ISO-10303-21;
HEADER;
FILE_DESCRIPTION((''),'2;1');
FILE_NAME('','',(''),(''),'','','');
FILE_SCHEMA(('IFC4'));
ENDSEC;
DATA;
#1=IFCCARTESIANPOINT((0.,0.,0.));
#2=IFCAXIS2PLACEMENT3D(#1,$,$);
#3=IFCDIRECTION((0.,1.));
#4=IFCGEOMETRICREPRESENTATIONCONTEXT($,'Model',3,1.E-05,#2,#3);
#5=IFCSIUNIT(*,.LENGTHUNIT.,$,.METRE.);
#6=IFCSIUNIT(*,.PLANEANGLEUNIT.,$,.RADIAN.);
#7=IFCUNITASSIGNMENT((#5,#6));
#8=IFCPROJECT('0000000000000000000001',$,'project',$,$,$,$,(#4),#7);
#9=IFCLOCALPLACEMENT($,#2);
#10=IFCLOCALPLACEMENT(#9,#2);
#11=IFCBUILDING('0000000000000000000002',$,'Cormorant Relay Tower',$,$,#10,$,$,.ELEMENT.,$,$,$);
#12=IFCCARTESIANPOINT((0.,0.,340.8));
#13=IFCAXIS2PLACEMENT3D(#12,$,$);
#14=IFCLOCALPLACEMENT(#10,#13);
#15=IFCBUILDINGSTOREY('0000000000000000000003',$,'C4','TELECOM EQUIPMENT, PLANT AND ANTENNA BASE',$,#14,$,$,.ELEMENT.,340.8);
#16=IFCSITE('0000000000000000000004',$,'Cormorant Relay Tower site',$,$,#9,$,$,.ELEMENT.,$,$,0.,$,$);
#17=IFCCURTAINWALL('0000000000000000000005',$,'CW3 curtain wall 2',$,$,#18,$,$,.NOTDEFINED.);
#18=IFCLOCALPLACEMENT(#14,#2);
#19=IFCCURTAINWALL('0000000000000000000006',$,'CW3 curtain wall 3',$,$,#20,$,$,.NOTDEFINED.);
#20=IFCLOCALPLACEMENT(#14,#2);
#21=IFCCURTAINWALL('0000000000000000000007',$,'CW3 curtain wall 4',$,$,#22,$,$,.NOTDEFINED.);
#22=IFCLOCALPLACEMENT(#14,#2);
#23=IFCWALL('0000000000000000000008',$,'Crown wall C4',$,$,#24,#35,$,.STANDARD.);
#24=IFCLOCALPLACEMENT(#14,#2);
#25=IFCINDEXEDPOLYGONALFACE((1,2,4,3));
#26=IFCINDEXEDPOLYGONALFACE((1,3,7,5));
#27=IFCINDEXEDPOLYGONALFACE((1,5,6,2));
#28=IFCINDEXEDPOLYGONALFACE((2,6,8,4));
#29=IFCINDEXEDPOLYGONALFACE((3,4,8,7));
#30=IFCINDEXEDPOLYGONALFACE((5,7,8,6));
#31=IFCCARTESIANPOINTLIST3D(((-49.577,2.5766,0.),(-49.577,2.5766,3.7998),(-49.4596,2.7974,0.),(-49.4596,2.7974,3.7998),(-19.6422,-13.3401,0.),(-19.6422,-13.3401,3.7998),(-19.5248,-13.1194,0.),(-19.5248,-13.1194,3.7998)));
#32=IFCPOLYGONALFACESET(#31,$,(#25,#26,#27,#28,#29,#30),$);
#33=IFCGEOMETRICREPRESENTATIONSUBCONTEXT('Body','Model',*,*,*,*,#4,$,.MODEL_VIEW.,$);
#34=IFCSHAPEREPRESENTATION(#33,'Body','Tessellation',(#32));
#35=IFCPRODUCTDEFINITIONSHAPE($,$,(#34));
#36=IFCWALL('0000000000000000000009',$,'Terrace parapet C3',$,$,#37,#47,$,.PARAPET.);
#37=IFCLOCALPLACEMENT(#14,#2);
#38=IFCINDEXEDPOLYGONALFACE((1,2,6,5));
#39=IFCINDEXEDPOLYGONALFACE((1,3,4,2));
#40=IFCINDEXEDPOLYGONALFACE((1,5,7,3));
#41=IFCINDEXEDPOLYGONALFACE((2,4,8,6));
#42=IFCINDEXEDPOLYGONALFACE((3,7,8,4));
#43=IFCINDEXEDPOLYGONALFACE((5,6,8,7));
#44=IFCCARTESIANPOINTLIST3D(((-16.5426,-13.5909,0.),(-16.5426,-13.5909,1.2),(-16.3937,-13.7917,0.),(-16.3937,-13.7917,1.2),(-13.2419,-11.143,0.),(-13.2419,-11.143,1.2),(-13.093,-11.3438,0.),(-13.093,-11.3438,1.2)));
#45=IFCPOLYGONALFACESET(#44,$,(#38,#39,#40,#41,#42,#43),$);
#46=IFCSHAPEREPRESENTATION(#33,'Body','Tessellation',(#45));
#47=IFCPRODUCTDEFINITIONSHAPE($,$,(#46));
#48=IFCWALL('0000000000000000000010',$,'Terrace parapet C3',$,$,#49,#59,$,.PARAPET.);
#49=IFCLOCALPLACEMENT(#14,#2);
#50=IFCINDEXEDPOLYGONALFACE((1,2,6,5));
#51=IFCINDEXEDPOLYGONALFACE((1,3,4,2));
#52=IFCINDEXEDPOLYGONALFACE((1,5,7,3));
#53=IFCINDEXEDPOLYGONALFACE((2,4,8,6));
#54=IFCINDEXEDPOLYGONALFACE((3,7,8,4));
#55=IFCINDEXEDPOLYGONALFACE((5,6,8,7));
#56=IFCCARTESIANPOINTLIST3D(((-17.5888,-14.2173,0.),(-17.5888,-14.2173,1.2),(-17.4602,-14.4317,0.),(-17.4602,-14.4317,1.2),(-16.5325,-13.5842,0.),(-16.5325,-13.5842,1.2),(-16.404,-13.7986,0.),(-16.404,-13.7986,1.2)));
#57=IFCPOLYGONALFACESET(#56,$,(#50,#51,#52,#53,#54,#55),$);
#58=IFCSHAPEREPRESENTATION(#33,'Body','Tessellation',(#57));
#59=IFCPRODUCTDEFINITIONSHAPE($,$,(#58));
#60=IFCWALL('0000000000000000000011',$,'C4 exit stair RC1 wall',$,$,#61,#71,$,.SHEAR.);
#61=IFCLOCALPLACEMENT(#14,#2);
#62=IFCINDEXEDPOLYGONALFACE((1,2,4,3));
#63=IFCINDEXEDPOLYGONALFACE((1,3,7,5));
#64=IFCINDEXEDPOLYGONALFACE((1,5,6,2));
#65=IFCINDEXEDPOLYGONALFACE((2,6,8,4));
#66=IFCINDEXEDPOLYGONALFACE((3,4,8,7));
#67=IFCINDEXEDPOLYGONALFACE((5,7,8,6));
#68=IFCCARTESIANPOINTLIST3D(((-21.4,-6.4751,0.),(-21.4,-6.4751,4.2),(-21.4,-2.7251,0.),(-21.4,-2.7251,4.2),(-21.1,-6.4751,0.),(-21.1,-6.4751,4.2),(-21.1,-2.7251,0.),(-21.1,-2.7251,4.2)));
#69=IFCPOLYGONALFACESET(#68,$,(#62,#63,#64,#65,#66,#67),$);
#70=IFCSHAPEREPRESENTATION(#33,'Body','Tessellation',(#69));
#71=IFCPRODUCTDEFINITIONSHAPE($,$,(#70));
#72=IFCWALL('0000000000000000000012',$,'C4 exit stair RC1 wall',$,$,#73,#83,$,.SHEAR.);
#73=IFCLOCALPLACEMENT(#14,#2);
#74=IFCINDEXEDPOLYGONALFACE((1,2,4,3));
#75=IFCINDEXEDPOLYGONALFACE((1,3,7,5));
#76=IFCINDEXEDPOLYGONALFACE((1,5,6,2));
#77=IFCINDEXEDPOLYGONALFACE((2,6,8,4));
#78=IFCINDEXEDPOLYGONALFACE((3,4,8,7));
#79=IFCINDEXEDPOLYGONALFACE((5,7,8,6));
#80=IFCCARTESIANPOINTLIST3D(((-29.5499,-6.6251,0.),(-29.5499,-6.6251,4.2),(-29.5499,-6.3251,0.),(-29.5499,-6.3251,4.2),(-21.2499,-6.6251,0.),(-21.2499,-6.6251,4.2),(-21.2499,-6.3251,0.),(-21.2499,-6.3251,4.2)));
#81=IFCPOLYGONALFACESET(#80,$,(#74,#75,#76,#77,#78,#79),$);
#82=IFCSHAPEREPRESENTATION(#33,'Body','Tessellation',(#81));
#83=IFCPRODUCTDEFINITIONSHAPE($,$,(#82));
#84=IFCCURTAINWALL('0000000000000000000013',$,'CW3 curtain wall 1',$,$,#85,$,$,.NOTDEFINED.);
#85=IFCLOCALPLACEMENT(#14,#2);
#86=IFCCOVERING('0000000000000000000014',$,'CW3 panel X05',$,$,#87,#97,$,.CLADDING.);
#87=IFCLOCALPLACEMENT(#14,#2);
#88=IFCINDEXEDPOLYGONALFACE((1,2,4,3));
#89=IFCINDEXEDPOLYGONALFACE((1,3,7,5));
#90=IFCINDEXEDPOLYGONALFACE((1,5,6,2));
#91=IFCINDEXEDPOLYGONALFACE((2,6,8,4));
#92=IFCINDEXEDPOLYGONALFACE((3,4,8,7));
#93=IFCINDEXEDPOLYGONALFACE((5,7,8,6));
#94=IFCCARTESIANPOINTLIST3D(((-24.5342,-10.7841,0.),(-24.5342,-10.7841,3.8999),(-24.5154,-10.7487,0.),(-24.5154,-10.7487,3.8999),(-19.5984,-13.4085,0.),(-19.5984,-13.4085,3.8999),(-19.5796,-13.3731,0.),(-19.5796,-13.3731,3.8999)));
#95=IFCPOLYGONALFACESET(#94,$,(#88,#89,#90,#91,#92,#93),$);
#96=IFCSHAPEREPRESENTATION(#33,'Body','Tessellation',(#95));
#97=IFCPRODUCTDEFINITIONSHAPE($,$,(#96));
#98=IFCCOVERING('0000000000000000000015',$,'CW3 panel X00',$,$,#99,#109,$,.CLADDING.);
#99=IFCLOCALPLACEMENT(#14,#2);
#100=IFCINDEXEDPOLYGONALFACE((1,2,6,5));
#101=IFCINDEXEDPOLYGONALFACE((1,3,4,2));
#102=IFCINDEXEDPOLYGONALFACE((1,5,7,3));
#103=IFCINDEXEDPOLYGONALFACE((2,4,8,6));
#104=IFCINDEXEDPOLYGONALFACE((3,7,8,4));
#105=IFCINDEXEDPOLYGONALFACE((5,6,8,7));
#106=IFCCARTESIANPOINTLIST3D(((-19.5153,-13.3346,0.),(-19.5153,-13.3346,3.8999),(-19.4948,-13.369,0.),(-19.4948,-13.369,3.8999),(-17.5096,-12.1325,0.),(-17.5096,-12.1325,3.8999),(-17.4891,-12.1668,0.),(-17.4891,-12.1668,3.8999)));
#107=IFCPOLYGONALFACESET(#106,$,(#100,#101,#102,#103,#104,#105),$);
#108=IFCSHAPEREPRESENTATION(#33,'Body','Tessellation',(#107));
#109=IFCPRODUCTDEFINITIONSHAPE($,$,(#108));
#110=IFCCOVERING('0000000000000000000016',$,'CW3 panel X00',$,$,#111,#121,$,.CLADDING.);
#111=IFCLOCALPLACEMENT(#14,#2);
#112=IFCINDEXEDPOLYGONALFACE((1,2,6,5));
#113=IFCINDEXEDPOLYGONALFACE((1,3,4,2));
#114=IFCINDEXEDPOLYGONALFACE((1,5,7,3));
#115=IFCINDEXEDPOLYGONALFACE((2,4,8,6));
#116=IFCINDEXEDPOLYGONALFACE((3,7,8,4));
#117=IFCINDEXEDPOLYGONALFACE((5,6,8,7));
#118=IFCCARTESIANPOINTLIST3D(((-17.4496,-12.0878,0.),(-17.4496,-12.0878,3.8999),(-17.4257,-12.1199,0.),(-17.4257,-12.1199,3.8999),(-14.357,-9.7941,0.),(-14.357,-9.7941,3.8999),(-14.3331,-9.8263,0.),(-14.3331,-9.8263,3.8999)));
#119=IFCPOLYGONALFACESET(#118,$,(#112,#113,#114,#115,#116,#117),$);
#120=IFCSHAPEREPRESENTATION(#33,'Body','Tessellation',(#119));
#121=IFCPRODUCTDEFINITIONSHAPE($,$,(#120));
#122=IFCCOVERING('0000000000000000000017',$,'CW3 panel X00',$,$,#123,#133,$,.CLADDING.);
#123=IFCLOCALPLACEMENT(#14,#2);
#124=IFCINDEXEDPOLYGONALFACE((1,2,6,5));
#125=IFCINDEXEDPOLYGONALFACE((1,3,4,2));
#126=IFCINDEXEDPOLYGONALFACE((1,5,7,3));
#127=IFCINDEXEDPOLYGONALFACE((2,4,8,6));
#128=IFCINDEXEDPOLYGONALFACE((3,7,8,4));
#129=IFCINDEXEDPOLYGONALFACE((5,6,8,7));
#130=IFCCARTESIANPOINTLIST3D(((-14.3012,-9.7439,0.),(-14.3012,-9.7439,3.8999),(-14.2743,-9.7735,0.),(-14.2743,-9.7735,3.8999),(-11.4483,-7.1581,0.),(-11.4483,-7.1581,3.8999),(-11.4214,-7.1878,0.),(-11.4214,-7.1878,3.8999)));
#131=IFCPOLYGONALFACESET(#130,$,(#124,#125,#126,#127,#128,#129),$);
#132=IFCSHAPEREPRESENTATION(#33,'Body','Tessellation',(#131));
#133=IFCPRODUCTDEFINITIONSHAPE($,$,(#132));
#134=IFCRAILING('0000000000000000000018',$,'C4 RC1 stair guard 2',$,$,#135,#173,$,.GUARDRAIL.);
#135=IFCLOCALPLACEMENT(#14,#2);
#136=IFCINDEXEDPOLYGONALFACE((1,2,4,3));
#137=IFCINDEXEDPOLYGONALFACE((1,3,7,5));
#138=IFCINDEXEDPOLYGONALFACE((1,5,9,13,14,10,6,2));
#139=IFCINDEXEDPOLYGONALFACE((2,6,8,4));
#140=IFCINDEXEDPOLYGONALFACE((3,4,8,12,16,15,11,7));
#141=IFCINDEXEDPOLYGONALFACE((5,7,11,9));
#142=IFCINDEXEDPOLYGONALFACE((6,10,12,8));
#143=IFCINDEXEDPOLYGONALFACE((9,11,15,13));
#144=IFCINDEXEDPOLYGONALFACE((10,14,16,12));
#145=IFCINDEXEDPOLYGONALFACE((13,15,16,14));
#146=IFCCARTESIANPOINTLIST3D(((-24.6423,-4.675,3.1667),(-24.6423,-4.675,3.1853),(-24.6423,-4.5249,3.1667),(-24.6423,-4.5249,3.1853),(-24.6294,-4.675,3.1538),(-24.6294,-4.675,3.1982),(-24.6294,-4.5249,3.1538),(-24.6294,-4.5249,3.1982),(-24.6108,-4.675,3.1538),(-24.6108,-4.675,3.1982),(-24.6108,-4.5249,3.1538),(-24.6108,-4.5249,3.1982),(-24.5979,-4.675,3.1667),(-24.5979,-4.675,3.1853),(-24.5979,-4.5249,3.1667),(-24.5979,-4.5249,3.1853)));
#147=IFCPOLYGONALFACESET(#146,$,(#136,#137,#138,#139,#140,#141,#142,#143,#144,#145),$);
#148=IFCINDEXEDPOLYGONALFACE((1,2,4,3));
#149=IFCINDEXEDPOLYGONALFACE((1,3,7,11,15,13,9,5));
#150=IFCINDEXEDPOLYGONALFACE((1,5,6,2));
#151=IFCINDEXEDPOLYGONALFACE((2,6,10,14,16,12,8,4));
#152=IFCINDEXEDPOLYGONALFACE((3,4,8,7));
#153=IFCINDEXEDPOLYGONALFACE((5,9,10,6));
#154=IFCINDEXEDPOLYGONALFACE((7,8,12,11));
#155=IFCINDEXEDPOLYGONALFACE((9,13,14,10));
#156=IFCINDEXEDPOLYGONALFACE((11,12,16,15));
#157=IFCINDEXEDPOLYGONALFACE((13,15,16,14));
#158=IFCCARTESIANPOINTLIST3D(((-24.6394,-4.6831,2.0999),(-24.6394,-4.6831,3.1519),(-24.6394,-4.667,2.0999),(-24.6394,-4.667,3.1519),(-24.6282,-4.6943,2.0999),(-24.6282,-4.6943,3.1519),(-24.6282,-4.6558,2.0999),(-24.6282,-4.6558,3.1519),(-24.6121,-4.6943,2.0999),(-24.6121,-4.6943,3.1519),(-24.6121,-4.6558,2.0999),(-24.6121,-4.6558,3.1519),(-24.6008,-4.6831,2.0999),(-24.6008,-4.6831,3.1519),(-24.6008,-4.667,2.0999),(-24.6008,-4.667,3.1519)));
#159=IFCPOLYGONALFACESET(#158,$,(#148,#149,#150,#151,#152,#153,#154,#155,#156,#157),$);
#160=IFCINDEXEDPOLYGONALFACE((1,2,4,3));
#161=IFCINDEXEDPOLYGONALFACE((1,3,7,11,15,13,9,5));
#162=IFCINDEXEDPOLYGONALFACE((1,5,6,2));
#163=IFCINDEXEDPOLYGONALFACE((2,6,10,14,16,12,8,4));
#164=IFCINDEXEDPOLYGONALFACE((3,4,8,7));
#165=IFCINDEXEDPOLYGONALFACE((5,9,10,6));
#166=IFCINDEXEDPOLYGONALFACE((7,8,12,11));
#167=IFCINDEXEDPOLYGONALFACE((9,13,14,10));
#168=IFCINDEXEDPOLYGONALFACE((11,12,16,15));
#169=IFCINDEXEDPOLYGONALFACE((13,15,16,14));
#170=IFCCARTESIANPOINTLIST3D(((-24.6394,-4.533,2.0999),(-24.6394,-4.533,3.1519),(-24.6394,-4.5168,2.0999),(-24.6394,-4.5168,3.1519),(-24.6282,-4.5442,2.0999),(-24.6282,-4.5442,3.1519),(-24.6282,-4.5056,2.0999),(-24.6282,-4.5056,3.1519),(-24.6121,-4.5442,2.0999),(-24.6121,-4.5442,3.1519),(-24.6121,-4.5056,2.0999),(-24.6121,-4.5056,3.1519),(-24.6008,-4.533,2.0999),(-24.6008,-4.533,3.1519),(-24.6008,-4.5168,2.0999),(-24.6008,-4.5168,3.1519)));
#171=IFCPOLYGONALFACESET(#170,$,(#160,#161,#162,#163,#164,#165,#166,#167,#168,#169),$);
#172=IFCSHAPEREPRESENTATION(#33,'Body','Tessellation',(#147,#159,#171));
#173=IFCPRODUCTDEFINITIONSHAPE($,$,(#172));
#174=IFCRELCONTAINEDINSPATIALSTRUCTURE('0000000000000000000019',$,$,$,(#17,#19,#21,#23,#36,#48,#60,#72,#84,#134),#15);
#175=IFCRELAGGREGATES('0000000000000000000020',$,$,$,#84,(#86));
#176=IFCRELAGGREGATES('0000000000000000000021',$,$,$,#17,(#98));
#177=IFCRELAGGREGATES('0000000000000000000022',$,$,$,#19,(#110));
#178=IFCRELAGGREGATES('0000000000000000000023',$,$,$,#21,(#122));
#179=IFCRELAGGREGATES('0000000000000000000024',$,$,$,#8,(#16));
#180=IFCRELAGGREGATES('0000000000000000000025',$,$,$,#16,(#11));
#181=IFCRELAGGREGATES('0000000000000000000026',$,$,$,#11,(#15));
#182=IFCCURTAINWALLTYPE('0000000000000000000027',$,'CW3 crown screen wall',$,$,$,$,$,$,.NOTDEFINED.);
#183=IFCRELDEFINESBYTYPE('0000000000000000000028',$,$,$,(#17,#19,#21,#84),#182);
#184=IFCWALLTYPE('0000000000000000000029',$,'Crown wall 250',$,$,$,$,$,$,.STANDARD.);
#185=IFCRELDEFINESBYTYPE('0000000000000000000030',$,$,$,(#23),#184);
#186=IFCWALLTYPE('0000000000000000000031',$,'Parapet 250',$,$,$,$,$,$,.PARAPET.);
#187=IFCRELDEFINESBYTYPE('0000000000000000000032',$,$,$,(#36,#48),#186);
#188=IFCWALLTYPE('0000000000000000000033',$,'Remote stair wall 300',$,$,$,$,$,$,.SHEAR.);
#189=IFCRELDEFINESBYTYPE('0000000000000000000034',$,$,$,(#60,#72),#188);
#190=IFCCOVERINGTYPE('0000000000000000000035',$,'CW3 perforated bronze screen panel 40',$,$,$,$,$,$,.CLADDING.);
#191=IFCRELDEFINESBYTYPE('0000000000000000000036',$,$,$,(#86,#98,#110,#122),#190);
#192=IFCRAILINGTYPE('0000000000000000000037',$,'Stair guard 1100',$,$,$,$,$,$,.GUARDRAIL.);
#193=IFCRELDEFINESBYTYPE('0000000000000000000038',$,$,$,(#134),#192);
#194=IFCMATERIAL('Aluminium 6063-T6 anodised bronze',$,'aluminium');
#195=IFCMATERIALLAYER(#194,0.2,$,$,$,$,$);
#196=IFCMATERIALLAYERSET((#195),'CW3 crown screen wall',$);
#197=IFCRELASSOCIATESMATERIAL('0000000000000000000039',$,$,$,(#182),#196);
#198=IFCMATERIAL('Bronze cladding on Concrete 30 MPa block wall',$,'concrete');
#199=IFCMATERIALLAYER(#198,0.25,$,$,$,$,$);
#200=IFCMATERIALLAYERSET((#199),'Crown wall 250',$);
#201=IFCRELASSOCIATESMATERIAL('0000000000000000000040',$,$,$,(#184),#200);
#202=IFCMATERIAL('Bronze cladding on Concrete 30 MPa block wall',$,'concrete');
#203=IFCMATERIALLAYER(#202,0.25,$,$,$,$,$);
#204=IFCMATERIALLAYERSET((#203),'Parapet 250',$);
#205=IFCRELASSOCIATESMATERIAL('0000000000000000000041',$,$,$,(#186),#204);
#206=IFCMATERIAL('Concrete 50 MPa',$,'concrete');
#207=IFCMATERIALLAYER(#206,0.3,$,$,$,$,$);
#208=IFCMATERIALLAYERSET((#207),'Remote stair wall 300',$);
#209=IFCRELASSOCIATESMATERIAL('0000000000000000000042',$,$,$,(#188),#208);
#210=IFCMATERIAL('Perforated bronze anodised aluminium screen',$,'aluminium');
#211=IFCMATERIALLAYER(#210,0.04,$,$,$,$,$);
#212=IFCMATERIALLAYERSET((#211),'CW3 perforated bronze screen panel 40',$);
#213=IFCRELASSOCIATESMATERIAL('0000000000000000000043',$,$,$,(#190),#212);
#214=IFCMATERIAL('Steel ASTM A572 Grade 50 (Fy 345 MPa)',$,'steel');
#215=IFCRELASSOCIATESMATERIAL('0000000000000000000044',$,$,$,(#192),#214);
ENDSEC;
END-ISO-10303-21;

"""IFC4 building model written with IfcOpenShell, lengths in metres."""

from ifc_helpers import new_model, si_unit, direction, frame, frame_2d, origin, origin_2d, place, context, subcontext, project, spatial, polyline, rectangle, outline, extrude, material, layer, layer_set, type_object, element, aggregate, save


model = new_model("IFC4")

# Units and contexts
model_context = context("Model", 3, precision=1e-05, world=origin(), true_north=direction((0.0, 1.0)))
body_context = subcontext(model_context, "Body", "Model", "MODEL_VIEW")
ifc_project = project(units=[si_unit("LENGTHUNIT", "METRE"), si_unit("PLANEANGLEUNIT", "RADIAN")], contexts=[model_context])

# Site, building, storey
site_placement = place(None, origin())
site = spatial("IfcSite", under=ifc_project, at=site_placement, Name="Cormorant Relay Tower site", CompositionType="ELEMENT", RefElevation=0.0)
building_placement = place(site_placement, origin())
building = spatial("IfcBuilding", under=site, at=building_placement, Name="Cormorant Relay Tower", CompositionType="ELEMENT")
storey_placement = place(building_placement, frame((0.0, 0.0, 340.8)))
storey = spatial("IfcBuildingStorey", under=building, at=storey_placement, Name="C4", Description="TELECOM EQUIPMENT, PLANT AND ANTENNA BASE", CompositionType="ELEMENT", Elevation=340.8)

# Curtain walls
ifc_material_1 = material(Name="Aluminium 6063-T6 anodised bronze", Category="aluminium")
ifc_layer_1 = layer(ifc_material_1, 0.2)
ifc_layer_set_1 = layer_set([ifc_layer_1], Name="CW3 crown screen wall")
curtain_wall_type = type_object("IfcCurtainWallType", Name="CW3 crown screen wall", PredefinedType="NOTDEFINED", material=ifc_layer_set_1)
curtain_wall_1_placement = place(storey_placement, origin())
curtain_wall_1 = element("IfcCurtainWall", 1, at=curtain_wall_1_placement, inside=storey, type_object=curtain_wall_type, Name="CW3 curtain wall 2", PredefinedType="NOTDEFINED")
curtain_wall_2_placement = place(storey_placement, origin())
curtain_wall_2 = element("IfcCurtainWall", 2, at=curtain_wall_2_placement, inside=storey, type_object=curtain_wall_type, Name="CW3 curtain wall 3", PredefinedType="NOTDEFINED")
curtain_wall_3_placement = place(storey_placement, origin())
curtain_wall_3 = element("IfcCurtainWall", 3, at=curtain_wall_3_placement, inside=storey, type_object=curtain_wall_type, Name="CW3 curtain wall 4", PredefinedType="NOTDEFINED")

# Walls
ifc_material_2 = material(Name="Bronze cladding on Concrete 30 MPa block wall", Category="concrete")
ifc_layer_2 = layer(ifc_material_2, 0.25)
ifc_layer_set_2 = layer_set([ifc_layer_2], Name="Crown wall 250")
wall_type_1 = type_object("IfcWallType", Name="Crown wall 250", PredefinedType="STANDARD", material=ifc_layer_set_2)
wall_1_placement = place(storey_placement, frame((-19.5835, -13.2297, 0.0), z_axis=(0.0, 0.0, 1.0), x_axis=(-0.882946, 0.469474, 0.0)))
element("IfcWall", 4, at=wall_1_placement, inside=storey, type_object=wall_type_1, Name="Crown wall C4", PredefinedType="STANDARD", context=body_context, shape_type="SweptSolid", body=[
    extrude(rectangle(XDim=33.9033, YDim=0.25, at=frame_2d((16.9517, 0.0))), origin(), (0.0, 0.0, 1.0), 3.7998),
])
ifc_material_3 = material(Name="Bronze cladding on Concrete 30 MPa block wall", Category="concrete")
ifc_layer_3 = layer(ifc_material_3, 0.25)
ifc_layer_set_3 = layer_set([ifc_layer_3], Name="Parapet 250")
wall_type_2 = type_object("IfcWallType", Name="Parapet 250", PredefinedType="PARAPET", material=ifc_layer_set_3)
wall_2_placement = place(storey_placement, frame((-13.1675, -11.2434, 0.0), z_axis=(0.0, 0.0, 1.0), x_axis=(-0.803211, -0.595695, 0.0)))
element("IfcWall", 5, at=wall_2_placement, inside=storey, type_object=wall_type_2, Name="Terrace parapet C3", PredefinedType="PARAPET", context=body_context, shape_type="SweptSolid", body=[
    extrude(rectangle(XDim=4.1094, YDim=0.25, at=frame_2d((2.0547, 0.0))), origin(), (0.0, 0.0, 1.0), 1.2),
])
wall_3_placement = place(storey_placement, frame((-16.4683, -13.6914, 0.0), z_axis=(0.0, 0.0, 1.0), x_axis=(-0.85772, -0.514117, 0.0)))
element("IfcWall", 6, at=wall_3_placement, inside=storey, type_object=wall_type_2, Name="Terrace parapet C3", PredefinedType="PARAPET", context=body_context, shape_type="SweptSolid", body=[
    extrude(rectangle(XDim=1.2314, YDim=0.25, at=frame_2d((0.6157, 0.0))), origin(), (0.0, 0.0, 1.0), 1.2),
])
ifc_material_4 = material(Name="Concrete 50 MPa", Category="concrete")
ifc_layer_4 = layer(ifc_material_4, 0.3)
ifc_layer_set_4 = layer_set([ifc_layer_4], Name="Remote stair wall 300")
wall_type_3 = type_object("IfcWallType", Name="Remote stair wall 300", PredefinedType="SHEAR", material=ifc_layer_set_4)
wall_4_placement = place(storey_placement, frame((-21.25, -2.7251, 0.0), z_axis=(0.0, 0.0, 1.0), x_axis=(0.0, -1.0, 0.0)))
element("IfcWall", 7, at=wall_4_placement, inside=storey, type_object=wall_type_3, Name="C4 exit stair RC1 wall", PredefinedType="SHEAR", context=body_context, shape_type="SweptSolid", body=[
    extrude(rectangle(XDim=3.75, YDim=0.3, at=frame_2d((1.875, 0.0))), origin(), (0.0, 0.0, 1.0), 4.2),
])
wall_5_placement = place(storey_placement, frame((-21.25, -6.4751, 0.0), z_axis=(0.0, 0.0, 1.0), x_axis=(-1.0, 0.0, 0.0)))
element("IfcWall", 8, at=wall_5_placement, inside=storey, type_object=wall_type_3, Name="C4 exit stair RC1 wall", PredefinedType="SHEAR", context=body_context, shape_type="SweptSolid", body=[
    extrude(rectangle(XDim=8.3, YDim=0.3, at=frame_2d((4.1499, 0.0))), origin(), (0.0, 0.0, 1.0), 4.2),
])

# Curtain wall, covering
curtain_wall_4_placement = place(storey_placement, origin())
curtain_wall_4 = element("IfcCurtainWall", 9, at=curtain_wall_4_placement, inside=storey, type_object=curtain_wall_type, Name="CW3 curtain wall 1", PredefinedType="NOTDEFINED")
ifc_material_5 = material(Name="Perforated bronze anodised aluminium screen", Category="aluminium")
ifc_layer_5 = layer(ifc_material_5, 0.04)
ifc_layer_set_5 = layer_set([ifc_layer_5], Name="CW3 perforated bronze screen panel 40")
covering_type = type_object("IfcCoveringType", Name="CW3 perforated bronze screen panel 40", PredefinedType="CLADDING", material=ifc_layer_set_5)
covering_1_placement = place(storey_placement, frame((-22.0569, -12.0786, 0.0), z_axis=(0.0, 0.0, 1.0), x_axis=(0.882948, -0.469472, 0.0)))
covering_1 = element("IfcCovering", 10, at=covering_1_placement, type_object=covering_type, Name="CW3 panel X05", PredefinedType="CLADDING", context=body_context, shape_type="SweptSolid", body=[
    extrude(rectangle(XDim=5.5901, YDim=0.04, at=origin_2d()), origin(), (0.0, 0.0, 1.0), 3.8999),
])
aggregate(curtain_wall_4, [covering_1])

# Coverings
covering_2_placement = place(storey_placement, frame((-18.5022, -12.7507, 0.0), z_axis=(0.0, 0.0, 1.0), x_axis=(0.857729, 0.514103, 0.0)))
covering_2 = element("IfcCovering", 11, at=covering_2_placement, type_object=covering_type, Name="CW3 panel X00", PredefinedType="CLADDING", context=body_context, shape_type="SweptSolid", body=[
    extrude(rectangle(XDim=2.3384, YDim=0.04, at=origin_2d()), origin(), (0.0, 0.0, 1.0), 3.8999),
])
aggregate(curtain_wall_1, [covering_2])
covering_3_placement = place(storey_placement, frame((-15.8914, -10.957, 0.0), z_axis=(0.0, 0.0, 1.0), x_axis=(0.803208, 0.595699, 0.0)))
covering_3 = element("IfcCovering", 12, at=covering_3_placement, type_object=covering_type, Name="CW3 panel X00", PredefinedType="CLADDING", context=body_context, shape_type="SweptSolid", body=[
    extrude(rectangle(XDim=3.8503, YDim=0.04, at=origin_2d()), origin(), (0.0, 0.0, 1.0), 3.8999),
])
aggregate(curtain_wall_2, [covering_3])
covering_4_placement = place(storey_placement, frame((-12.8613, -8.4658, 0.0), z_axis=(0.0, 0.0, 1.0), x_axis=(0.740951, 0.671559, 0.0)))
covering_4 = element("IfcCovering", 13, at=covering_4_placement, type_object=covering_type, Name="CW3 panel X00", PredefinedType="CLADDING", context=body_context, shape_type="SweptSolid", body=[
    extrude(rectangle(XDim=3.8503, YDim=0.04, at=origin_2d()), origin(), (0.0, 0.0, 1.0), 3.8999),
])
aggregate(curtain_wall_3, [covering_4])

# Railing
ifc_material_6 = material(Name="Steel ASTM A572 Grade 50 (Fy 345 MPa)", Category="steel")
railing_type_1 = type_object("IfcRailingType", Name="Stair guard 1100", PredefinedType="GUARDRAIL", material=ifc_material_6)
railing_1_placement = place(storey_placement, frame((-24.6201, -4.675, 2.0999)))
element("IfcRailing", 14, at=railing_1_placement, inside=storey, type_object=railing_type_1, Name="C4 RC1 stair guard 2", PredefinedType="GUARDRAIL", context=body_context, shape_type="SweptSolid", body=[
    extrude(outline(polyline([(0.0222, 0.0093), (0.0093, 0.0222), (-0.0093, 0.0222), (-0.0222, 0.0093), (-0.0222, -0.0093), (-0.0093, -0.0222), (0.0093, -0.0222), (0.0222, -0.0093), (0.0222, 0.0093)])), frame((0.0, 0.0, 1.0762), z_axis=(0.0, 1.0, 0.0), x_axis=(-1.0, 0.0, 0.0)), (0.0, 0.0, 1.0), 0.1501),
    extrude(outline(polyline([(0.0193, 0.0081), (0.0081, 0.0193), (-0.0081, 0.0193), (-0.0193, 0.0081), (-0.0193, -0.0081), (-0.0081, -0.0193), (0.0081, -0.0193), (0.0193, -0.0081), (0.0193, 0.0081)])), origin(), (0.0, 0.0, 1.0), 1.052),
    extrude(outline(polyline([(0.0193, 0.0081), (0.0081, 0.0193), (-0.0081, 0.0193), (-0.0193, 0.0081), (-0.0193, -0.0081), (-0.0081, -0.0193), (0.0081, -0.0193), (0.0193, -0.0081), (0.0193, 0.0081)])), frame((0.0, 0.1501, 0.0)), (0.0, 0.0, 1.0), 1.052),
])

save(model, "model.ifc")
